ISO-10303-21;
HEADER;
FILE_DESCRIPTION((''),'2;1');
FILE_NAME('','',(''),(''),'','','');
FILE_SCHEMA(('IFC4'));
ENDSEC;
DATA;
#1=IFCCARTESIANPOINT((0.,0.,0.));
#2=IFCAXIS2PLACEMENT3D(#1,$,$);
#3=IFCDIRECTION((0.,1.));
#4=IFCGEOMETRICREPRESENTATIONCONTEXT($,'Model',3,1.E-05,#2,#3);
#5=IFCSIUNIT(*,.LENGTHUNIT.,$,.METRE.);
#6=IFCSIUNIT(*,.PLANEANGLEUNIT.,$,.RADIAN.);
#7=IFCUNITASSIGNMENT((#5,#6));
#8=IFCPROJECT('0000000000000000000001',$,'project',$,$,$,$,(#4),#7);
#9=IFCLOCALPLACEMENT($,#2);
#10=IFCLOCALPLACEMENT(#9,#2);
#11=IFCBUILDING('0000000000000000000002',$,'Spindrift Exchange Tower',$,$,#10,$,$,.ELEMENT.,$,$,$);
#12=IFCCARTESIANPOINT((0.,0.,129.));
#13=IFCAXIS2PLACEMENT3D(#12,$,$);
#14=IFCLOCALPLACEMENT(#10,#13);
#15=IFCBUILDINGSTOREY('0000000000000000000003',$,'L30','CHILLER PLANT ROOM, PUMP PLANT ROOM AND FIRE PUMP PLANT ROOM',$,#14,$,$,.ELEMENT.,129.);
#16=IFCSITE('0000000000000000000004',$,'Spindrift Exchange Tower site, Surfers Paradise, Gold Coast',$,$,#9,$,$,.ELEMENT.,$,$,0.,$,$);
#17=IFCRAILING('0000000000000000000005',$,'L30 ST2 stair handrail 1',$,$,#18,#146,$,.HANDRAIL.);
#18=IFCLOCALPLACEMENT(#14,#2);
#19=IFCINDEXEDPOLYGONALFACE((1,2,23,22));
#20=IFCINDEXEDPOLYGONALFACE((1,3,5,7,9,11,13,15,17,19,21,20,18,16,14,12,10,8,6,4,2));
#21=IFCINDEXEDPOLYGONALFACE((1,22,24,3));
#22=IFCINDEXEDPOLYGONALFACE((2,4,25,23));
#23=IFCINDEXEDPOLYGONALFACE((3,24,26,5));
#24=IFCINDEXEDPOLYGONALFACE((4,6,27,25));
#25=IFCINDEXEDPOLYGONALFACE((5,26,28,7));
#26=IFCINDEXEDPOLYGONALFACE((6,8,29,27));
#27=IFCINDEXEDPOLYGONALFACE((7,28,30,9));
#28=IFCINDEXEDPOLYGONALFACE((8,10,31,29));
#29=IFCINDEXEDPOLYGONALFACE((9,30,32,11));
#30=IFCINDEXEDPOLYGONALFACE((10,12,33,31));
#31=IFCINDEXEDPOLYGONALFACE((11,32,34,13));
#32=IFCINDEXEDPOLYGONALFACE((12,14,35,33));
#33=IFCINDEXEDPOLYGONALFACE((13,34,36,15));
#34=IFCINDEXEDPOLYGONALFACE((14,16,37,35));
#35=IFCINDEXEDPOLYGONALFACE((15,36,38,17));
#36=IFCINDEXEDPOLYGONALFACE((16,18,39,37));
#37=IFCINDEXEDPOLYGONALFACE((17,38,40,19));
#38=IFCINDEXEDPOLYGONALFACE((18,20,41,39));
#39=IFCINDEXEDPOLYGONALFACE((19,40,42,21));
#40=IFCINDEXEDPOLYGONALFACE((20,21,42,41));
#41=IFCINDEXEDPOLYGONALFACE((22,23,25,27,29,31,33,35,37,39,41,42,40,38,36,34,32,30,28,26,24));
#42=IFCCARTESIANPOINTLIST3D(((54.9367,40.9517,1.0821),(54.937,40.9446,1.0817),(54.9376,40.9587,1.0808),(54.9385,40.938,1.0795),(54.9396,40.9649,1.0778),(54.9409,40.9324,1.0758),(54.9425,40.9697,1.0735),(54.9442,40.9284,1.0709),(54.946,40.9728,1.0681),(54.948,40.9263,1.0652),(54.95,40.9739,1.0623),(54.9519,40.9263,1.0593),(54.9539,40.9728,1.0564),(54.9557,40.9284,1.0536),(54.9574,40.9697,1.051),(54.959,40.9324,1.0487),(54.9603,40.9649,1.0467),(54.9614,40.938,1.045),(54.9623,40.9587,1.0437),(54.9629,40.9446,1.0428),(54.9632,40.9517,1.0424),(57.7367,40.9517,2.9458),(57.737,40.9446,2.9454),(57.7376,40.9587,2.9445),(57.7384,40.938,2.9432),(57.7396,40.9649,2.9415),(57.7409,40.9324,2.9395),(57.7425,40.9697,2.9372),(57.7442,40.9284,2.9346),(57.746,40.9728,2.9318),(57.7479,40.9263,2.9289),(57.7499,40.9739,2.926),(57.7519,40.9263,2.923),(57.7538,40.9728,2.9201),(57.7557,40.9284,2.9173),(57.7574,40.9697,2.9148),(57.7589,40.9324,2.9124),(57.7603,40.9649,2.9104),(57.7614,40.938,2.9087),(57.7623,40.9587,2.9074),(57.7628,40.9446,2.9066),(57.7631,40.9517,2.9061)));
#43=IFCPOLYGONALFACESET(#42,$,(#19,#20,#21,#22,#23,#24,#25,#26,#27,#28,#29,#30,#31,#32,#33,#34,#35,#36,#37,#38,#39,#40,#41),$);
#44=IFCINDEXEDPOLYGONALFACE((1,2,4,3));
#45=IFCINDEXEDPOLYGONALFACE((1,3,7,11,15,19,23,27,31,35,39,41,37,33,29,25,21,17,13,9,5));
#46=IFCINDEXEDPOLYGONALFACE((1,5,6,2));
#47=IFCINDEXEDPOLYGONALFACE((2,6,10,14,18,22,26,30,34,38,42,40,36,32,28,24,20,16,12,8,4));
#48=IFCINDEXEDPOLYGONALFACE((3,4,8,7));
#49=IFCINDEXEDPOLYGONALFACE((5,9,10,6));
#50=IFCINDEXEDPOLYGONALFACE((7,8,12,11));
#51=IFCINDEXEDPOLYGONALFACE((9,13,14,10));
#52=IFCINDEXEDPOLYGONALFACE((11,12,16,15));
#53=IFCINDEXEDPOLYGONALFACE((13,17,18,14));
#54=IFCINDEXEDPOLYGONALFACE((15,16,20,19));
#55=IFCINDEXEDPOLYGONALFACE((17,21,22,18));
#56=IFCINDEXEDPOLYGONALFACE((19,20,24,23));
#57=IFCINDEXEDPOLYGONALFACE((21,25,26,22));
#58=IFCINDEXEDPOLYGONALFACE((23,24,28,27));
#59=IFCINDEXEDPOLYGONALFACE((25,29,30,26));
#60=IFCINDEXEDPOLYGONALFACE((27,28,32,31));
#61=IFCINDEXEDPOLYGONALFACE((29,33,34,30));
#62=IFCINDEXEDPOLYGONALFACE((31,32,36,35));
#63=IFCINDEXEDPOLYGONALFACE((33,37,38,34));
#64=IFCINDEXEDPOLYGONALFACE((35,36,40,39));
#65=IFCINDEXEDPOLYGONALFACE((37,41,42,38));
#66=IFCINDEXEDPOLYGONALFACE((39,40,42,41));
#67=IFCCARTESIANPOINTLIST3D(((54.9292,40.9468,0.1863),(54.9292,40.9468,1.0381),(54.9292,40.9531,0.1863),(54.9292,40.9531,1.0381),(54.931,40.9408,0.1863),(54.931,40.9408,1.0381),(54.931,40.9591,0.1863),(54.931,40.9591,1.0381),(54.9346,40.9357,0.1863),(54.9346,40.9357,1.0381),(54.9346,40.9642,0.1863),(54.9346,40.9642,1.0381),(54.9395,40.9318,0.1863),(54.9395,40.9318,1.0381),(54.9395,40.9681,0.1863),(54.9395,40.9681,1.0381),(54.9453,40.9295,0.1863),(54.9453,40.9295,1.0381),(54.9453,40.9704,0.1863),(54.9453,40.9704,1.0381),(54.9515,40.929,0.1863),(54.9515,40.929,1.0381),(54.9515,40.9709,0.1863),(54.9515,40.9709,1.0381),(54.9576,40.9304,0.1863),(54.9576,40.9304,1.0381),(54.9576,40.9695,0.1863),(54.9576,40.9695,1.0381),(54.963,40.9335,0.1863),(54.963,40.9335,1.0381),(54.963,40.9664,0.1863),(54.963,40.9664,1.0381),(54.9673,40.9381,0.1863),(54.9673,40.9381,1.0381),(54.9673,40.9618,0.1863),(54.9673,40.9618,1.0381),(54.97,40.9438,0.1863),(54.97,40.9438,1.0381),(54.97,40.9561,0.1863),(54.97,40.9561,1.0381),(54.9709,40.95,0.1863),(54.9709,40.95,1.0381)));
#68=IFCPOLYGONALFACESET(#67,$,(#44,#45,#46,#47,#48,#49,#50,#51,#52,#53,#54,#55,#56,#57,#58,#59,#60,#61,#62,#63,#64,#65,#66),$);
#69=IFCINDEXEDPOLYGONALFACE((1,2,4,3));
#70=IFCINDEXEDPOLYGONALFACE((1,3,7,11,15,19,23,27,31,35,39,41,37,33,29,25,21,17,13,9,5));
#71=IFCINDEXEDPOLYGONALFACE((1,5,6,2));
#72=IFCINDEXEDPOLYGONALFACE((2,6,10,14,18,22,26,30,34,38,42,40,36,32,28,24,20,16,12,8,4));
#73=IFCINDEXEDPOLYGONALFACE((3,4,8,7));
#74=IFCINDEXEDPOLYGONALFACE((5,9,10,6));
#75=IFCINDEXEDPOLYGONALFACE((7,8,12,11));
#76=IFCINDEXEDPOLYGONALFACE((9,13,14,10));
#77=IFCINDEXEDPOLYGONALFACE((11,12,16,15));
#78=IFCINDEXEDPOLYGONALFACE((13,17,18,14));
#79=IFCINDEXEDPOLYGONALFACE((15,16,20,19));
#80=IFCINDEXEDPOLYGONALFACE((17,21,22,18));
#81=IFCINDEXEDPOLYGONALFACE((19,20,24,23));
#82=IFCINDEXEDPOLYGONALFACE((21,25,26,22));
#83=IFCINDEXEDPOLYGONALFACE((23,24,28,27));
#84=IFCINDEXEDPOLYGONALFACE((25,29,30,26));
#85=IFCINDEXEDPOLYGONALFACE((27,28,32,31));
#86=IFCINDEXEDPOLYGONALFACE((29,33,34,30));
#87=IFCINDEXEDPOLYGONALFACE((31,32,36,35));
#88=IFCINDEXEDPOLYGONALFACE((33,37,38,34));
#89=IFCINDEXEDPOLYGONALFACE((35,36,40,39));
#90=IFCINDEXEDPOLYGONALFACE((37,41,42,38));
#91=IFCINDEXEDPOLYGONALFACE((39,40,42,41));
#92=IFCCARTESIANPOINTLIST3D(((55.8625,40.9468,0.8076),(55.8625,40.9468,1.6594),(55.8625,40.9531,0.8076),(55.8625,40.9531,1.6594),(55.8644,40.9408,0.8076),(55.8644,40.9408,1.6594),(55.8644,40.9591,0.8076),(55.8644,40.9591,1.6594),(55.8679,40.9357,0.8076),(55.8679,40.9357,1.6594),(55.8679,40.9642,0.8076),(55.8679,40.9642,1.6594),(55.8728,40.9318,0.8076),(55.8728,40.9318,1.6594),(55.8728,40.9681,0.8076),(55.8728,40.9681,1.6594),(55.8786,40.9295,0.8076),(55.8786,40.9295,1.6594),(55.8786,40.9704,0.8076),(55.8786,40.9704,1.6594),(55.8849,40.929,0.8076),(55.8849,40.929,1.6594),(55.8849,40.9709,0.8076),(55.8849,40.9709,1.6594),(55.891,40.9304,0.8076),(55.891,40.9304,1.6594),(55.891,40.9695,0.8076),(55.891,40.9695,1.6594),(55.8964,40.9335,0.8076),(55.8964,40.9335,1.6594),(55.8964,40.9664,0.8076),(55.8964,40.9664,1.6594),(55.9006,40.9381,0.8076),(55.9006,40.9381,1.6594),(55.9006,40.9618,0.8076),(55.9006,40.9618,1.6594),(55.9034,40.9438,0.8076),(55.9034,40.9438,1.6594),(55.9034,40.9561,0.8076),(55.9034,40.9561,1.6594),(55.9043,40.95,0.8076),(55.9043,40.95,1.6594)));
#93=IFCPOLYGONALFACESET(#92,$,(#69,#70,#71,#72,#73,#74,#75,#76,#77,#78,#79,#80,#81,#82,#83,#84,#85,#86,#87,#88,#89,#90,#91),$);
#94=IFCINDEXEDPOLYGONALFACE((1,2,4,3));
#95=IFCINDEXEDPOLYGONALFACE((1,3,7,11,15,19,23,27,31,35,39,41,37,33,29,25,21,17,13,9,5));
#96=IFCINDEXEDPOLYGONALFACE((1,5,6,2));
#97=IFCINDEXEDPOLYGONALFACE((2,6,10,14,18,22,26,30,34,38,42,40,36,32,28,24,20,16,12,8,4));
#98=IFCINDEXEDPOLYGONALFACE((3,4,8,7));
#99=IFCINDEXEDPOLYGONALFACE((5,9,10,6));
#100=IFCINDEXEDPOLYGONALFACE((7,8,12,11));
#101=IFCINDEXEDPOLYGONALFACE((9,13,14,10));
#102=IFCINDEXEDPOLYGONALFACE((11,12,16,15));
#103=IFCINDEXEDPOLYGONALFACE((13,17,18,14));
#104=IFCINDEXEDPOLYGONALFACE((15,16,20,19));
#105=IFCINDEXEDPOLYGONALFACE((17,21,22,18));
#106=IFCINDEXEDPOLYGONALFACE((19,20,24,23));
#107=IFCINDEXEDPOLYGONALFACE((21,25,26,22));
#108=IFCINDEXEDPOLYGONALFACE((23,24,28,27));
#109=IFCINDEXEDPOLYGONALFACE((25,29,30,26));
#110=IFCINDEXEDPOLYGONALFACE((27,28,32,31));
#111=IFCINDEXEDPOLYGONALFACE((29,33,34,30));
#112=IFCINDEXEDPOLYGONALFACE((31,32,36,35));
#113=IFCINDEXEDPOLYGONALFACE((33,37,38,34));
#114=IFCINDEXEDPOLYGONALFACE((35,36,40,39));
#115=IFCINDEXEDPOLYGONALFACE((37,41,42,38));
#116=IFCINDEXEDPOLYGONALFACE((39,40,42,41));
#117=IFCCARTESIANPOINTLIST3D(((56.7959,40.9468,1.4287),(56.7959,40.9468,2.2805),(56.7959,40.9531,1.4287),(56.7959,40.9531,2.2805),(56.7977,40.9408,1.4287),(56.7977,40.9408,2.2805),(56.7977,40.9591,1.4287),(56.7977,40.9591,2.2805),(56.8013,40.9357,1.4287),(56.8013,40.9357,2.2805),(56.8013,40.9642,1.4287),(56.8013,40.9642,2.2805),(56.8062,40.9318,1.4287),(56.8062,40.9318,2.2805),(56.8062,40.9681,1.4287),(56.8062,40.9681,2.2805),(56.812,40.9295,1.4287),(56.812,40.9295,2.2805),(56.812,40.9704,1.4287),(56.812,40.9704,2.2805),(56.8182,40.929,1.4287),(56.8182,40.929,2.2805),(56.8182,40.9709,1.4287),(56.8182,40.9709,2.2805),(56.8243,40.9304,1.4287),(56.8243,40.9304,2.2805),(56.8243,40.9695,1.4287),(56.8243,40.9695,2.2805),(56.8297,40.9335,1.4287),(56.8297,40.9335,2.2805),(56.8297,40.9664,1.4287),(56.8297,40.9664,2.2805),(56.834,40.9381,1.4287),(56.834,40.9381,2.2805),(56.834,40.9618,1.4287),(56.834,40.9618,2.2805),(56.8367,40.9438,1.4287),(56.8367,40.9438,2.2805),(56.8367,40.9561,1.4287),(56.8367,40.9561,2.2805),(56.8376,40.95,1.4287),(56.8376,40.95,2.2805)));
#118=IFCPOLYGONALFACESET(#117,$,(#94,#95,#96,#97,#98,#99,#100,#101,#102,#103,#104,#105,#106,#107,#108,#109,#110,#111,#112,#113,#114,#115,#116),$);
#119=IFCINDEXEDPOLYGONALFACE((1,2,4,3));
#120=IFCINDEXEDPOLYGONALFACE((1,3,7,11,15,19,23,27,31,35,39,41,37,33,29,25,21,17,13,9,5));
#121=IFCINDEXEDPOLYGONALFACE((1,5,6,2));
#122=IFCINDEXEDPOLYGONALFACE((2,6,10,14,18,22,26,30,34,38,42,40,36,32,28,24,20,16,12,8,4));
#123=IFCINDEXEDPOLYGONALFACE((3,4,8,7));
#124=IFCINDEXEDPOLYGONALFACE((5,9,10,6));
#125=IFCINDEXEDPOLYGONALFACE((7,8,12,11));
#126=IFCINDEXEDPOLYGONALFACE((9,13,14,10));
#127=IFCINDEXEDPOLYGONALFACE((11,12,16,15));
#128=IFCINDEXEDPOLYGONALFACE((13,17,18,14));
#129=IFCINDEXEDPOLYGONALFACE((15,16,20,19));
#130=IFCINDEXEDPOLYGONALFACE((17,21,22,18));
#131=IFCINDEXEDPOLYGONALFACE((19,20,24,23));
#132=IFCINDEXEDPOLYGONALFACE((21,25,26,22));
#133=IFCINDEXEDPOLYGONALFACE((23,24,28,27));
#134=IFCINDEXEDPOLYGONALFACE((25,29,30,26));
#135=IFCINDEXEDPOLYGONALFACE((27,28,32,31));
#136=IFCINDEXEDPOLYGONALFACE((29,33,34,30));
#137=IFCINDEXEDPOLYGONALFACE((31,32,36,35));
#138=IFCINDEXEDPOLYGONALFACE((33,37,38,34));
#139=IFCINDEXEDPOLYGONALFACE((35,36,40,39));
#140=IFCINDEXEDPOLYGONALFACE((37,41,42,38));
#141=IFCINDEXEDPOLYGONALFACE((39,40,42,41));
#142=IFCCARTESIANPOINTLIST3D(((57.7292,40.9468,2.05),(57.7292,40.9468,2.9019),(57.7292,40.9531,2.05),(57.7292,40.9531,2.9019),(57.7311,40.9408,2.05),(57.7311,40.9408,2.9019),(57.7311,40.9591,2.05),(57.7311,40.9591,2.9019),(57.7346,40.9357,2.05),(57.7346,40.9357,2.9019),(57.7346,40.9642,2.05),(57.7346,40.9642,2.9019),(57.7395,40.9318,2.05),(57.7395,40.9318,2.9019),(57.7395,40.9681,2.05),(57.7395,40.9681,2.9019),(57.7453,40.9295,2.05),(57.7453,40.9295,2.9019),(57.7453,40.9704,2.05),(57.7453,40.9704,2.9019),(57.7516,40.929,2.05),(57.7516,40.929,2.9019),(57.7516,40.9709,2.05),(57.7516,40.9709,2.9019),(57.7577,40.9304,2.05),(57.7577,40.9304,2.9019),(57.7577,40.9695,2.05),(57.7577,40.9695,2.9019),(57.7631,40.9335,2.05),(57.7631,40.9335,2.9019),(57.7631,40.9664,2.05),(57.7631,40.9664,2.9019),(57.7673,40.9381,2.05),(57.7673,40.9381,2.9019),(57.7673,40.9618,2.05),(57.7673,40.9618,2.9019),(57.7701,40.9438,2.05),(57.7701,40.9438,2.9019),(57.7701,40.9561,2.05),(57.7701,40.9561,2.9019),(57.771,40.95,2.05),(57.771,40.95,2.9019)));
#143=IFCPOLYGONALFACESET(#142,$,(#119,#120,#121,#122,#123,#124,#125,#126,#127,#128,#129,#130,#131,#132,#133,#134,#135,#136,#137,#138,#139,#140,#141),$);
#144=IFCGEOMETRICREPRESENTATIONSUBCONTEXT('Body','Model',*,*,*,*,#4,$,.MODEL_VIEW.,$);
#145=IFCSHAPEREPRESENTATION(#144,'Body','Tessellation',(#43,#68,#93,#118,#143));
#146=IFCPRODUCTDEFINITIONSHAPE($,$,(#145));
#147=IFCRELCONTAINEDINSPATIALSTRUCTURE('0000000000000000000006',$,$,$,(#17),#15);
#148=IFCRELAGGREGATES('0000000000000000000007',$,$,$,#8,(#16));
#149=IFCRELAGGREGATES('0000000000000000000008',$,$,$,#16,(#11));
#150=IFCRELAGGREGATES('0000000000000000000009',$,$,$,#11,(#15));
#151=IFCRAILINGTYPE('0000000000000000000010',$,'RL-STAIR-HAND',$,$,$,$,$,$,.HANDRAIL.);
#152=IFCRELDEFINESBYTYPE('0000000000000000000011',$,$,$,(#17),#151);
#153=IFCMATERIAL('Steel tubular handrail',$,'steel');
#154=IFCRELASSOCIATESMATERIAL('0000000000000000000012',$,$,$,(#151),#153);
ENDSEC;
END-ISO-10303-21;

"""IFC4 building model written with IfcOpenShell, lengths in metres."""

from ifc_helpers import new_model, si_unit, direction, frame, origin, origin_2d, place, context, subcontext, project, spatial, circle, extrude, material, type_object, element, save


model = new_model("IFC4")

# Units and contexts
model_context = context("Model", 3, precision=1e-05, world=origin(), true_north=direction((0.0, 1.0)))
body_context = subcontext(model_context, "Body", "Model", "MODEL_VIEW")
ifc_project = project(units=[si_unit("LENGTHUNIT", "METRE"), si_unit("PLANEANGLEUNIT", "RADIAN")], contexts=[model_context])

# Site, building, storey
site_placement = place(None, origin())
site = spatial("IfcSite", under=ifc_project, at=site_placement, Name="Spindrift Exchange Tower site, Surfers Paradise, Gold Coast", CompositionType="ELEMENT", RefElevation=0.0)
building_placement = place(site_placement, origin())
building = spatial("IfcBuilding", under=site, at=building_placement, Name="Spindrift Exchange Tower", CompositionType="ELEMENT")
storey_placement = place(building_placement, frame((0.0, 0.0, 129.0)))
storey = spatial("IfcBuildingStorey", under=building, at=storey_placement, Name="L30", Description="CHILLER PLANT ROOM, PUMP PLANT ROOM AND FIRE PUMP PLANT ROOM", CompositionType="ELEMENT", Elevation=129.0)

# Railing
ifc_material_1 = material(Name="Steel tubular handrail", Category="steel")
railing_type_1 = type_object("IfcRailingType", Name="RL-STAIR-HAND", PredefinedType="HANDRAIL", material=ifc_material_1)
railing_1_placement = place(storey_placement, frame((54.95, 40.95, 0.1863)))
element("IfcRailing", 1, at=railing_1_placement, inside=storey, type_object=railing_type_1, Name="L30 ST2 stair handrail 1", PredefinedType="HANDRAIL", context=body_context, shape_type="SweptSolid", body=[
    extrude(circle(Radius=0.0239, at=origin_2d()), frame((0.0, 0.0, 0.876), z_axis=(0.832452, 0.0, 0.554097), x_axis=(0.0, 1.0, 0.0)), (0.0, 0.0, 1.0), 3.3635),
    extrude(circle(Radius=0.021, at=origin_2d()), origin(), (0.0, 0.0, 1.0), 0.8518),
    extrude(circle(Radius=0.021, at=origin_2d()), frame((0.9333, 0.0, 0.6213)), (0.0, 0.0, 1.0), 0.8518),
    extrude(circle(Radius=0.021, at=origin_2d()), frame((1.8667, 0.0, 1.2424)), (0.0, 0.0, 1.0), 0.8518),
    extrude(circle(Radius=0.021, at=origin_2d()), frame((2.8, 0.0, 1.8638)), (0.0, 0.0, 1.0), 0.8518),
])

save(model, "model.ifc")
